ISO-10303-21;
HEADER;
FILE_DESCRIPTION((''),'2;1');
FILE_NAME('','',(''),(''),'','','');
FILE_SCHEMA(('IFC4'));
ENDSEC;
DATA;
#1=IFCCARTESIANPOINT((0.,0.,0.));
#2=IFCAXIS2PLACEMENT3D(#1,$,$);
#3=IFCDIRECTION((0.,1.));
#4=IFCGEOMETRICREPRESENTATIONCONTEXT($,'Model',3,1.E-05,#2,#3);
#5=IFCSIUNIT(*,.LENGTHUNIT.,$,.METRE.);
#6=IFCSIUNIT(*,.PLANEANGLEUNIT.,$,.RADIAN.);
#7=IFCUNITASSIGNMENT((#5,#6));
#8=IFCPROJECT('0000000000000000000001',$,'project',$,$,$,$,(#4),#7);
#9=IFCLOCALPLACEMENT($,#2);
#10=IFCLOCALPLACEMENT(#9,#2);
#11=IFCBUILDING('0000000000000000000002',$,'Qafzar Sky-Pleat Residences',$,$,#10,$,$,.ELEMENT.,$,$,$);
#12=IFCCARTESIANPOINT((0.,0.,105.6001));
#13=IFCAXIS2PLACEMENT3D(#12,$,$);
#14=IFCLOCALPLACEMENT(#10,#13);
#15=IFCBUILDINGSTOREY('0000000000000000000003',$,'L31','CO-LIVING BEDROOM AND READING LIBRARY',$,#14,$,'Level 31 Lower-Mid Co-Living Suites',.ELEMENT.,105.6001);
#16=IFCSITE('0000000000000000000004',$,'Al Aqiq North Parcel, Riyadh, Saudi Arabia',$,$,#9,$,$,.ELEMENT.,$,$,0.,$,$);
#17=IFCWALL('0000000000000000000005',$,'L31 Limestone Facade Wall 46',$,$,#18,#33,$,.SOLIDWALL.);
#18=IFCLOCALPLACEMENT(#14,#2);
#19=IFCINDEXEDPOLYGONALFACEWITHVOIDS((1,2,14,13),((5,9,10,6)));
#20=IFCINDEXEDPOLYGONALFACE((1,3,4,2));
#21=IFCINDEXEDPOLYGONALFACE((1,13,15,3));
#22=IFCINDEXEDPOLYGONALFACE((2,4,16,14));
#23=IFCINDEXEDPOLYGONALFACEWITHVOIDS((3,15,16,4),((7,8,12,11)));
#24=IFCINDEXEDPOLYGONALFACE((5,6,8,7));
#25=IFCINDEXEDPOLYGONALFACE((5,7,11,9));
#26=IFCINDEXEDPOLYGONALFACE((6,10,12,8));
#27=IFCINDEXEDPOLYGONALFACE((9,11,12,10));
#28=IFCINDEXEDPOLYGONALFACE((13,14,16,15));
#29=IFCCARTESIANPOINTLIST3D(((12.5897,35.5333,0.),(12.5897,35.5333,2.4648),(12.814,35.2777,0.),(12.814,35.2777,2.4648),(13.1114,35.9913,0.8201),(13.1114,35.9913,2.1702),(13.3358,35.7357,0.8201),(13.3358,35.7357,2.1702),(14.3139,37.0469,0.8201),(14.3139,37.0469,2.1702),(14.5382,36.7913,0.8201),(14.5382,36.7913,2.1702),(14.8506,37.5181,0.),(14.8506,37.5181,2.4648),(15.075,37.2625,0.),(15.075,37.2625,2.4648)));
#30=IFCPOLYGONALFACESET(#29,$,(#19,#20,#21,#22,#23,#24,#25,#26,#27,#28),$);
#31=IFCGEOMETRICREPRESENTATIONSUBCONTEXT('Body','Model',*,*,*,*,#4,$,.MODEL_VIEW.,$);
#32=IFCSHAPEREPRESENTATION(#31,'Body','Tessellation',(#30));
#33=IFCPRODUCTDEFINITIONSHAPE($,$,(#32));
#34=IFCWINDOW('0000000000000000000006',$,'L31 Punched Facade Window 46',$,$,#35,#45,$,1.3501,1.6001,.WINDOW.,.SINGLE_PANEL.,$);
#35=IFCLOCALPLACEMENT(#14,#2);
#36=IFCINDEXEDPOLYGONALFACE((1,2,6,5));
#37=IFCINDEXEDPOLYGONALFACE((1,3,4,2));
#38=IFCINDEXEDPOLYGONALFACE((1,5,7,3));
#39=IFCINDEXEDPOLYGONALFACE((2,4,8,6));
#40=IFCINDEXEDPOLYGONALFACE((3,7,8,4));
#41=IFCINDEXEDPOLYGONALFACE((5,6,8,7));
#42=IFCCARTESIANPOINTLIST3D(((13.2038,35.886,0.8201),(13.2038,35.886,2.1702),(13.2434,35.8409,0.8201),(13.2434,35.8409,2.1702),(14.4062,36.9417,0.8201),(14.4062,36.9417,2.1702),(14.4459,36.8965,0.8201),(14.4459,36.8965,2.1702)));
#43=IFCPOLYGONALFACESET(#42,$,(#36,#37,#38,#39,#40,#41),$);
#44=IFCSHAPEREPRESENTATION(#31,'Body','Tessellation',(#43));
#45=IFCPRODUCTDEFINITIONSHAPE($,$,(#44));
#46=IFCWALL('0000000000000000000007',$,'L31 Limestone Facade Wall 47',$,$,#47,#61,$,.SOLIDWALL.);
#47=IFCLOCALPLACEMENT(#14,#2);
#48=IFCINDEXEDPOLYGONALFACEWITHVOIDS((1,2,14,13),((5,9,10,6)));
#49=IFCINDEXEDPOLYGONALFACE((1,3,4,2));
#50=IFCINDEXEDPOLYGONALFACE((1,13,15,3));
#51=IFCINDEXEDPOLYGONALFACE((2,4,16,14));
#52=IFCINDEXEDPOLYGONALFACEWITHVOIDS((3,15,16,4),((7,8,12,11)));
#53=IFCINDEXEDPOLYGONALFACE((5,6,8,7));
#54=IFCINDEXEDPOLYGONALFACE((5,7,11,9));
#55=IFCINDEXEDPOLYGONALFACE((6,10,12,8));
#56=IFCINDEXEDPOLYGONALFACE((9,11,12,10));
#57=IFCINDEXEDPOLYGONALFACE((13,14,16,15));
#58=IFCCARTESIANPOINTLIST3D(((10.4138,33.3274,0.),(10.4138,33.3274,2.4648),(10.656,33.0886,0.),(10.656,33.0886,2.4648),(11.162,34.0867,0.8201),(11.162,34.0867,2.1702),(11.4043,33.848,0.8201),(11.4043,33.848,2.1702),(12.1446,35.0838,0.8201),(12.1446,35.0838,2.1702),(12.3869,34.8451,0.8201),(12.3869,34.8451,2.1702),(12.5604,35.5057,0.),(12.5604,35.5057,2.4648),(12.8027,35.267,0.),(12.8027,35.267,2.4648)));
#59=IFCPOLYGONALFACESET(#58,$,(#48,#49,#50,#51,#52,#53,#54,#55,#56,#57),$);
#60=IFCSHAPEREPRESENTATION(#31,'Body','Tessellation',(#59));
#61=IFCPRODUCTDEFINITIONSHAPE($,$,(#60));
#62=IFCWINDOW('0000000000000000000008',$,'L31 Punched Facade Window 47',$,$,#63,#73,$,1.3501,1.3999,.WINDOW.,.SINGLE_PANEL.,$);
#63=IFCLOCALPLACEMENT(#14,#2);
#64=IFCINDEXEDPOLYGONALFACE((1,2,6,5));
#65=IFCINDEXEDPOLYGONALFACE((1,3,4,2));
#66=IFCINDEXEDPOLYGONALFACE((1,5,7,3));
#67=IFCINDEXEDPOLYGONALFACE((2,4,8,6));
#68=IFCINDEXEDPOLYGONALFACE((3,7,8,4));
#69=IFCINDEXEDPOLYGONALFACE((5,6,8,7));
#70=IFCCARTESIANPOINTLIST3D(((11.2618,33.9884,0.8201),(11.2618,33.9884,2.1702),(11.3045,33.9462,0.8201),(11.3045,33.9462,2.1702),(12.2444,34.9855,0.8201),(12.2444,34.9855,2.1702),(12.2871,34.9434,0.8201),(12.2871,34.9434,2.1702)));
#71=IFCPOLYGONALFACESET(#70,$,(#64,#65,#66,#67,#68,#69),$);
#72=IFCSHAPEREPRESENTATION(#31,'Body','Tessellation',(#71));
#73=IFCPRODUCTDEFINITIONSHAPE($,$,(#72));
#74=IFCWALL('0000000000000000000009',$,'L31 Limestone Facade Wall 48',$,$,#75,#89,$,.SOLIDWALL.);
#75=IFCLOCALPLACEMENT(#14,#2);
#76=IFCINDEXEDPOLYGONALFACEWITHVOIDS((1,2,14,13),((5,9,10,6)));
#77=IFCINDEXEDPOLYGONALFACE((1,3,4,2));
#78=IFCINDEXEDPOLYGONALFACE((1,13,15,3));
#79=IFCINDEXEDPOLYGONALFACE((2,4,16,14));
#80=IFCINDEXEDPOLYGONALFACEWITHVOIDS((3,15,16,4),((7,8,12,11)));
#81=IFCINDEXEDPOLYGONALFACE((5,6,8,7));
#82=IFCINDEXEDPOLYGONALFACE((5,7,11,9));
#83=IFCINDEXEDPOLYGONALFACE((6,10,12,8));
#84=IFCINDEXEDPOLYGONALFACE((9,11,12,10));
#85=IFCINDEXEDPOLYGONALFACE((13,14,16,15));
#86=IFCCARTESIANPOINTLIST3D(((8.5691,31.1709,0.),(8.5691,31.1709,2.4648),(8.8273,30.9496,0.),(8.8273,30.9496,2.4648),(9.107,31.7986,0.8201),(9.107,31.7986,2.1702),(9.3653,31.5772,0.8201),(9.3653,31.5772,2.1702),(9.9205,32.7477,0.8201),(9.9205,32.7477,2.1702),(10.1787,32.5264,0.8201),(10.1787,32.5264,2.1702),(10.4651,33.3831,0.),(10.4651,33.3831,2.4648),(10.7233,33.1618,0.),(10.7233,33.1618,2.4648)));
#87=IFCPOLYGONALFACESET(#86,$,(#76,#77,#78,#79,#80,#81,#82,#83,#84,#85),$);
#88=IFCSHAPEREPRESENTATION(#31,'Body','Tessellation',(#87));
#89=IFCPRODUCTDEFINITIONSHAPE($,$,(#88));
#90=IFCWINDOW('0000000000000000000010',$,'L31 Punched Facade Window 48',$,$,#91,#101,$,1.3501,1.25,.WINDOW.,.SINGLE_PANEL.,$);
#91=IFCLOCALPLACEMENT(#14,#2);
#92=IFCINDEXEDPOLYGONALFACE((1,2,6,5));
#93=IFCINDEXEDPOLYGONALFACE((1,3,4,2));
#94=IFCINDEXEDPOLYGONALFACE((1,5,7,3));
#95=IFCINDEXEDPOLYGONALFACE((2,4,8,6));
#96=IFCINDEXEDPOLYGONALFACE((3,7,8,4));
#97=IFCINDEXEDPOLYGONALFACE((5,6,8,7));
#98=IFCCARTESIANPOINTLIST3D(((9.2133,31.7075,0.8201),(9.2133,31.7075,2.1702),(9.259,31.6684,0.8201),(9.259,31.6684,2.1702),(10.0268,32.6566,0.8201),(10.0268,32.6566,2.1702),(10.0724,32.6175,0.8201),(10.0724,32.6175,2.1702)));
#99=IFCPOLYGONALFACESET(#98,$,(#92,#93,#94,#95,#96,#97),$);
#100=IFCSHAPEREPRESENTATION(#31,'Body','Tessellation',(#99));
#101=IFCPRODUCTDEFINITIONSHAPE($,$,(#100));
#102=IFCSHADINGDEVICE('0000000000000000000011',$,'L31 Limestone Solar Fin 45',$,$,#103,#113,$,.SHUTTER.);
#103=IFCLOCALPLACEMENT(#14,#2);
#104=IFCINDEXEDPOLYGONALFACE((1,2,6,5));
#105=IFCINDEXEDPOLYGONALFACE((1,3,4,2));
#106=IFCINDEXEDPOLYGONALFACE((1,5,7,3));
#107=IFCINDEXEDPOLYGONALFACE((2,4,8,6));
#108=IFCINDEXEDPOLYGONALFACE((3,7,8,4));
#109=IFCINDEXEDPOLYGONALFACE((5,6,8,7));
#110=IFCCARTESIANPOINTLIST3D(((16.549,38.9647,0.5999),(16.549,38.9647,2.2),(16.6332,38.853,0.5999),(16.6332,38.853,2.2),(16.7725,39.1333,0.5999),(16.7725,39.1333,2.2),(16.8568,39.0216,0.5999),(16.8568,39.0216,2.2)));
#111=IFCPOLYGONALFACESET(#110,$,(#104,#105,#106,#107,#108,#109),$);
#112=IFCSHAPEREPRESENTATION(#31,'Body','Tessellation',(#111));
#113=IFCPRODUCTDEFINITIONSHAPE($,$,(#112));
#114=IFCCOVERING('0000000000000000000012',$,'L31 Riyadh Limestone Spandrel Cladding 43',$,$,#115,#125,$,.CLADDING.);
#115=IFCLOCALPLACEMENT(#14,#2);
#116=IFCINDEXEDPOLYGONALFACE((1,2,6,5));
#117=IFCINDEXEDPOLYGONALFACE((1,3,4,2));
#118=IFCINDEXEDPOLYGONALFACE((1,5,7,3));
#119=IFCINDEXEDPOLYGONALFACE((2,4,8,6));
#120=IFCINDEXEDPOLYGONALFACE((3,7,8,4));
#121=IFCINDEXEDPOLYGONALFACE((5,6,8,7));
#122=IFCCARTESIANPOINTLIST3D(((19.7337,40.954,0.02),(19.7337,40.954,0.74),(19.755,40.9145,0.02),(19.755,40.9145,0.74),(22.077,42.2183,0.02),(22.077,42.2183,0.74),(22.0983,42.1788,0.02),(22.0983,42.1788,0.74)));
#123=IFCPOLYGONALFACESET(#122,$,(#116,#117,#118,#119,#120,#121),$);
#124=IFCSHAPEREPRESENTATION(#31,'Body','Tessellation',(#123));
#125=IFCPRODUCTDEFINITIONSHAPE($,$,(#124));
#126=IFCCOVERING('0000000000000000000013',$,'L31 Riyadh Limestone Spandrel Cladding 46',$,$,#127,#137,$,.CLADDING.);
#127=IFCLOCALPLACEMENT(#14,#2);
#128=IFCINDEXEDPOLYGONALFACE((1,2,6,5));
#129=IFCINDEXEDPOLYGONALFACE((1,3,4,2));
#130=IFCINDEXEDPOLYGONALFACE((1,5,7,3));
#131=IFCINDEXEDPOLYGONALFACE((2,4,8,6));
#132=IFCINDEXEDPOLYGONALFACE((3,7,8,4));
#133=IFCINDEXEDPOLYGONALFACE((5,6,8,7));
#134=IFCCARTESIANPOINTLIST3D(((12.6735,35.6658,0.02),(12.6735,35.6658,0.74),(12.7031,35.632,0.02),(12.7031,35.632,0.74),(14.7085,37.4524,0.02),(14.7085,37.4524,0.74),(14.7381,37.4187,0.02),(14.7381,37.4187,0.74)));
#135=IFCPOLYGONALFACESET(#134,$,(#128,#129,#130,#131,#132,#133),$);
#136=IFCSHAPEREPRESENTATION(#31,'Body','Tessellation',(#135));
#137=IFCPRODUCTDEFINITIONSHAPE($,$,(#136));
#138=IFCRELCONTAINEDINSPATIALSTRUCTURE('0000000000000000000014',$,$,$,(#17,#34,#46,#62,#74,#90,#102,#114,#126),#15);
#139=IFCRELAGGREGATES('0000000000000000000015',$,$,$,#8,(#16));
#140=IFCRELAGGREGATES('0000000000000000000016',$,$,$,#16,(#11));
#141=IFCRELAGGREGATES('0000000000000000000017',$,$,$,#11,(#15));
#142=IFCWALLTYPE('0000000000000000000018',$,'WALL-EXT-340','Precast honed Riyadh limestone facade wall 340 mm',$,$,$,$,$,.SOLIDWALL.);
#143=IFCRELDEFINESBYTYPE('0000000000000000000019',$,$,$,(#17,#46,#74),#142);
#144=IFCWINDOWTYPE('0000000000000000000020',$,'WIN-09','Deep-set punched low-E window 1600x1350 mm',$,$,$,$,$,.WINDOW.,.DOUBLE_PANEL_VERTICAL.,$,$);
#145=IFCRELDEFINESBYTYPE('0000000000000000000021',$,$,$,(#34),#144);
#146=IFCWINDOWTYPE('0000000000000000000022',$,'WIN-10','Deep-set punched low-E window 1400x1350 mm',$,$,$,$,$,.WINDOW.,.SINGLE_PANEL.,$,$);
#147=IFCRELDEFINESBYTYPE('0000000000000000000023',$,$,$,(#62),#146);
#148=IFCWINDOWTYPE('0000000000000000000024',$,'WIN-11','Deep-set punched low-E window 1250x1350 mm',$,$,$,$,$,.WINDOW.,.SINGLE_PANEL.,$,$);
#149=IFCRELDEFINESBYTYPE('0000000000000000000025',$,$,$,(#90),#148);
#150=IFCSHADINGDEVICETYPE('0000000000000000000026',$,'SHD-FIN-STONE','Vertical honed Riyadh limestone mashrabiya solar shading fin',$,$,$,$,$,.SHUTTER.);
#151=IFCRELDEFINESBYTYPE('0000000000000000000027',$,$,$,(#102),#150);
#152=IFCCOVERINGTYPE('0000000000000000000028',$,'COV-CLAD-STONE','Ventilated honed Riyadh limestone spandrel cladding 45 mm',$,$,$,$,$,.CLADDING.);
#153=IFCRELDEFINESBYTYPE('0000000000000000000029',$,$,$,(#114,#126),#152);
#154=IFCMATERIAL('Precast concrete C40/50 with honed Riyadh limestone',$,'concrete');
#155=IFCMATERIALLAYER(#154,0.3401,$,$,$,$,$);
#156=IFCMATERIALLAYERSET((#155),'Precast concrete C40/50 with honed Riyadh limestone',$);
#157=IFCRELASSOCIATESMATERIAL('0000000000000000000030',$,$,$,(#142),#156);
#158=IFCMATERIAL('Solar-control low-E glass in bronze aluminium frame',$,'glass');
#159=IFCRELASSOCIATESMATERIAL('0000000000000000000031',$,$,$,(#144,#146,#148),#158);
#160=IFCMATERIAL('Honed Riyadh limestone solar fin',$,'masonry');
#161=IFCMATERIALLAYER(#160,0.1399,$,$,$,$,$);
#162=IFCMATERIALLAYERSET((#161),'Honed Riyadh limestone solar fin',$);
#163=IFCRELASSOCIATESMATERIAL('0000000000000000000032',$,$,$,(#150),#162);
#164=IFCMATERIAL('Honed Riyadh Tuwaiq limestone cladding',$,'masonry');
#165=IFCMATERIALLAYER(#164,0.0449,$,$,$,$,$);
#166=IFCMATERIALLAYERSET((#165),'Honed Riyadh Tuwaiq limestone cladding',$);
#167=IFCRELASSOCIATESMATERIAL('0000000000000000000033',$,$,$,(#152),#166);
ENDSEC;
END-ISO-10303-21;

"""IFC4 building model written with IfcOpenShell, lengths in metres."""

from ifc_helpers import new_model, si_unit, direction, frame, frame_2d, origin, origin_2d, place, context, subcontext, project, spatial, rectangle, extrude, source, transform, mapped, material, layer, layer_set, type_object, element, fill, save


model = new_model("IFC4")

# Units and contexts
model_context = context("Model", 3, precision=1e-05, world=origin(), true_north=direction((0.0, 1.0)))
body_context = subcontext(model_context, "Body", "Model", "MODEL_VIEW")
ifc_project = project(units=[si_unit("LENGTHUNIT", "METRE"), si_unit("PLANEANGLEUNIT", "RADIAN")], contexts=[model_context])

# Site, building, storey
site_placement = place(None, origin())
site = spatial("IfcSite", under=ifc_project, at=site_placement, Name="Al Aqiq North Parcel, Riyadh, Saudi Arabia", CompositionType="ELEMENT", RefElevation=0.0)
building_placement = place(site_placement, origin())
building = spatial("IfcBuilding", under=site, at=building_placement, Name="Qafzar Sky-Pleat Residences", CompositionType="ELEMENT")
storey_placement = place(building_placement, frame((0.0, 0.0, 105.6001)))
storey = spatial("IfcBuildingStorey", under=building, at=storey_placement, Name="L31", Description="CO-LIVING BEDROOM AND READING LIBRARY", LongName="Level 31 Lower-Mid Co-Living Suites", CompositionType="ELEMENT", Elevation=105.6001)

# Walls, openings, windows
ifc_material_1 = material(Name="Precast concrete C40/50 with honed Riyadh limestone", Category="concrete")
ifc_layer_1 = layer(ifc_material_1, 0.3401)
ifc_layer_set_1 = layer_set([ifc_layer_1], Name="Precast concrete C40/50 with honed Riyadh limestone")
wall_type_1 = type_object("IfcWallType", Name="WALL-EXT-340", Description="Precast honed Riyadh limestone facade wall 340 mm", PredefinedType="SOLIDWALL", material=ifc_layer_set_1)
ifc_material_2 = material(Name="Solar-control low-E glass in bronze aluminium frame", Category="glass")
wall_1_placement = place(storey_placement, frame((14.9629, 37.3904, 0.0), z_axis=(0.0, 0.0, 1.0), x_axis=(-0.751505, -0.659727, 0.0)))
wall_1 = element("IfcWall", 1, at=wall_1_placement, inside=storey, type_object=wall_type_1, Name="L31 Limestone Facade Wall 46", PredefinedType="SOLIDWALL", context=body_context, shape_type="SweptSolid", body=[
    extrude(rectangle(XDim=3.0085, YDim=0.3401, at=frame_2d((1.5044, 0.0))), origin(), (0.0, 0.0, 1.0), 2.4648),
])
opening_1_placement = place(wall_1_placement, frame((0.7144, 0.0, 0.8201)))
opening_1 = element("IfcOpeningElement", 2, at=opening_1_placement, cuts=wall_1, PredefinedType="OPENING", context=body_context, shape_type="SweptSolid", body=[
    extrude(rectangle(XDim=1.6001, YDim=1.3501, at=frame_2d((0.8, 0.675))), frame((0.0, 0.1802, 0.0), z_axis=(0.0, -1.0, 0.0), x_axis=(1.0, 0.0, 0.0)), (0.0, 0.0, 1.0), 0.3601),
])
window_type_1 = type_object("IfcWindowType", Name="WIN-09", Description="Deep-set punched low-E window 1600x1350 mm", PartitioningType="DOUBLE_PANEL_VERTICAL", PredefinedType="WINDOW", material=ifc_material_2)
shared_shape_1 = source(origin(), body_context, "Body", "SweptSolid", [
    extrude(rectangle(XDim=1.6001, YDim=1.3501, at=frame_2d((0.8, 0.675))), frame((0.0, 0.03, 0.0), z_axis=(0.0, -1.0, 0.0), x_axis=(1.0, 0.0, 0.0)), (0.0, 0.0, 1.0), 0.0601),
])
window_1_placement = place(opening_1_placement, origin())
window_1 = element("IfcWindow", 3, at=window_1_placement, inside=storey, type_object=window_type_1, Name="L31 Punched Facade Window 46", OverallHeight=1.3501, OverallWidth=1.6001, PartitioningType="SINGLE_PANEL", PredefinedType="WINDOW", context=body_context, shape_type="MappedRepresentation", body=[
    mapped(shared_shape_1, transform((0.0, 0.0, 0.0), x_axis=(1.0, 0.0, 0.0), y_axis=(0.0, 1.0, 0.0), z_axis=(0.0, 0.0, 1.0), scale=1.0)),
])
fill(opening_1, window_1)
wall_2_placement = place(storey_placement, frame((12.6816, 35.3865, 0.0), z_axis=(0.0, 0.0, 1.0), x_axis=(-0.701899, -0.712276, 0.0)))
wall_2 = element("IfcWall", 4, at=wall_2_placement, inside=storey, type_object=wall_type_1, Name="L31 Limestone Facade Wall 47", PredefinedType="SOLIDWALL", context=body_context, shape_type="SweptSolid", body=[
    extrude(rectangle(XDim=3.0583, YDim=0.3401, at=frame_2d((1.5293, 0.0))), origin(), (0.0, 0.0, 1.0), 2.4648),
])
opening_2_placement = place(wall_2_placement, frame((0.5925, 0.0, 0.8201)))
opening_2 = element("IfcOpeningElement", 5, at=opening_2_placement, cuts=wall_2, PredefinedType="OPENING", context=body_context, shape_type="SweptSolid", body=[
    extrude(rectangle(XDim=1.3999, YDim=1.3501, at=frame_2d((0.7, 0.675))), frame((0.0, 0.1802, 0.0), z_axis=(0.0, -1.0, 0.0), x_axis=(1.0, 0.0, 0.0)), (0.0, 0.0, 1.0), 0.3601),
])
window_type_2 = type_object("IfcWindowType", Name="WIN-10", Description="Deep-set punched low-E window 1400x1350 mm", PartitioningType="SINGLE_PANEL", PredefinedType="WINDOW", material=ifc_material_2)
shared_shape_2 = source(origin(), body_context, "Body", "SweptSolid", [
    extrude(rectangle(XDim=1.3999, YDim=1.3501, at=frame_2d((0.7, 0.675))), frame((0.0, 0.03, 0.0), z_axis=(0.0, -1.0, 0.0), x_axis=(1.0, 0.0, 0.0)), (0.0, 0.0, 1.0), 0.0601),
])
window_2_placement = place(opening_2_placement, origin())
window_2 = element("IfcWindow", 6, at=window_2_placement, inside=storey, type_object=window_type_2, Name="L31 Punched Facade Window 47", OverallHeight=1.3501, OverallWidth=1.3999, PartitioningType="SINGLE_PANEL", PredefinedType="WINDOW", context=body_context, shape_type="MappedRepresentation", body=[
    mapped(shared_shape_2, transform((0.0, 0.0, 0.0), x_axis=(1.0, 0.0, 0.0), y_axis=(0.0, 1.0, 0.0), z_axis=(0.0, 0.0, 1.0), scale=1.0)),
])
fill(opening_2, window_2)
wall_3_placement = place(storey_placement, frame((10.5942, 33.2725, 0.0), z_axis=(0.0, 0.0, 1.0), x_axis=(-0.650764, -0.75928, 0.0)))
wall_3 = element("IfcWall", 7, at=wall_3_placement, inside=storey, type_object=wall_type_1, Name="L31 Limestone Facade Wall 48", PredefinedType="SOLIDWALL", context=body_context, shape_type="SweptSolid", body=[
    extrude(rectangle(XDim=2.9136, YDim=0.3401, at=frame_2d((1.4568, 0.0))), origin(), (0.0, 0.0, 1.0), 2.4648),
])
opening_3_placement = place(wall_3_placement, frame((0.8369, 0.0, 0.8201)))
opening_3 = element("IfcOpeningElement", 8, at=opening_3_placement, cuts=wall_3, PredefinedType="OPENING", context=body_context, shape_type="SweptSolid", body=[
    extrude(rectangle(XDim=1.25, YDim=1.3501, at=frame_2d((0.625, 0.675))), frame((0.0, 0.1802, 0.0), z_axis=(0.0, -1.0, 0.0), x_axis=(1.0, 0.0, 0.0)), (0.0, 0.0, 1.0), 0.3601),
])
window_type_3 = type_object("IfcWindowType", Name="WIN-11", Description="Deep-set punched low-E window 1250x1350 mm", PartitioningType="SINGLE_PANEL", PredefinedType="WINDOW", material=ifc_material_2)
shared_shape_3 = source(origin(), body_context, "Body", "SweptSolid", [
    extrude(rectangle(XDim=1.25, YDim=1.3501, at=frame_2d((0.625, 0.675))), frame((0.0, 0.03, 0.0), z_axis=(0.0, -1.0, 0.0), x_axis=(1.0, 0.0, 0.0)), (0.0, 0.0, 1.0), 0.0601),
])
window_3_placement = place(opening_3_placement, origin())
window_3 = element("IfcWindow", 9, at=window_3_placement, inside=storey, type_object=window_type_3, Name="L31 Punched Facade Window 48", OverallHeight=1.3501, OverallWidth=1.25, PartitioningType="SINGLE_PANEL", PredefinedType="WINDOW", context=body_context, shape_type="MappedRepresentation", body=[
    mapped(shared_shape_3, transform((0.0, 0.0, 0.0), x_axis=(1.0, 0.0, 0.0), y_axis=(0.0, 1.0, 0.0), z_axis=(0.0, 0.0, 1.0), scale=1.0)),
])
fill(opening_3, window_3)

# Shading device
ifc_material_3 = material(Name="Honed Riyadh limestone solar fin", Category="masonry")
ifc_layer_2 = layer(ifc_material_3, 0.1399)
ifc_layer_set_2 = layer_set([ifc_layer_2], Name="Honed Riyadh limestone solar fin")
shading_device_type = type_object("IfcShadingDeviceType", Name="SHD-FIN-STONE", Description="Vertical honed Riyadh limestone mashrabiya solar shading fin", PredefinedType="SHUTTER", material=ifc_layer_set_2)
shared_shape_4 = source(origin(), body_context, "Body", "SweptSolid", [
    extrude(rectangle(XDim=0.1399, YDim=0.28, at=origin_2d()), origin(), (0.0, 0.0, 1.0), 1.6001),
])
shading_device_placement = place(storey_placement, frame((16.7029, 38.9932, 0.5999), z_axis=(0.0, 0.0, 1.0), x_axis=(-0.602162, 0.798374, 0.0)))
element("IfcShadingDevice", 10, at=shading_device_placement, inside=storey, type_object=shading_device_type, Name="L31 Limestone Solar Fin 45", PredefinedType="SHUTTER", context=body_context, shape_type="MappedRepresentation", body=[
    mapped(shared_shape_4, transform((0.0, 0.0, 0.0), x_axis=(1.0, 0.0, 0.0), y_axis=(0.0, 1.0, 0.0), z_axis=(0.0, 0.0, 1.0), scale=1.0)),
])

# Coverings
ifc_material_4 = material(Name="Honed Riyadh Tuwaiq limestone cladding", Category="masonry")
ifc_layer_3 = layer(ifc_material_4, 0.0449)
ifc_layer_set_3 = layer_set([ifc_layer_3], Name="Honed Riyadh Tuwaiq limestone cladding")
covering_type = type_object("IfcCoveringType", Name="COV-CLAD-STONE", Description="Ventilated honed Riyadh limestone spandrel cladding 45 mm", PredefinedType="CLADDING", material=ifc_layer_set_3)
shared_shape_5 = source(origin(), body_context, "Body", "SweptSolid", [
    extrude(rectangle(XDim=2.6626, YDim=0.0449, at=origin_2d()), origin(), (0.0, 0.0, 1.0), 0.72),
])
covering_1_placement = place(storey_placement, frame((20.916, 41.5664, 0.02), z_axis=(0.0, 0.0, 1.0), x_axis=(-0.880075, -0.474835, 0.0)))
element("IfcCovering", 11, at=covering_1_placement, inside=storey, type_object=covering_type, Name="L31 Riyadh Limestone Spandrel Cladding 43", PredefinedType="CLADDING", context=body_context, shape_type="MappedRepresentation", body=[
    mapped(shared_shape_5, transform((0.0, 0.0, 0.0), x_axis=(1.0, 0.0, 0.0), y_axis=(0.0, 1.0, 0.0), z_axis=(0.0, 0.0, 1.0), scale=1.0)),
])
shared_shape_6 = source(origin(), body_context, "Body", "SweptSolid", [
    extrude(rectangle(XDim=2.708, YDim=0.0449, at=origin_2d()), origin(), (0.0, 0.0, 1.0), 0.72),
])
covering_2_placement = place(storey_placement, frame((13.7058, 36.5422, 0.02), z_axis=(0.0, 0.0, 1.0), x_axis=(-0.751482, -0.659753, 0.0)))
element("IfcCovering", 12, at=covering_2_placement, inside=storey, type_object=covering_type, Name="L31 Riyadh Limestone Spandrel Cladding 46", PredefinedType="CLADDING", context=body_context, shape_type="MappedRepresentation", body=[
    mapped(shared_shape_6, transform((0.0, 0.0, 0.0), x_axis=(1.0, 0.0, 0.0), y_axis=(0.0, 1.0, 0.0), z_axis=(0.0, 0.0, 1.0), scale=1.0)),
])

save(model, "model.ifc")
